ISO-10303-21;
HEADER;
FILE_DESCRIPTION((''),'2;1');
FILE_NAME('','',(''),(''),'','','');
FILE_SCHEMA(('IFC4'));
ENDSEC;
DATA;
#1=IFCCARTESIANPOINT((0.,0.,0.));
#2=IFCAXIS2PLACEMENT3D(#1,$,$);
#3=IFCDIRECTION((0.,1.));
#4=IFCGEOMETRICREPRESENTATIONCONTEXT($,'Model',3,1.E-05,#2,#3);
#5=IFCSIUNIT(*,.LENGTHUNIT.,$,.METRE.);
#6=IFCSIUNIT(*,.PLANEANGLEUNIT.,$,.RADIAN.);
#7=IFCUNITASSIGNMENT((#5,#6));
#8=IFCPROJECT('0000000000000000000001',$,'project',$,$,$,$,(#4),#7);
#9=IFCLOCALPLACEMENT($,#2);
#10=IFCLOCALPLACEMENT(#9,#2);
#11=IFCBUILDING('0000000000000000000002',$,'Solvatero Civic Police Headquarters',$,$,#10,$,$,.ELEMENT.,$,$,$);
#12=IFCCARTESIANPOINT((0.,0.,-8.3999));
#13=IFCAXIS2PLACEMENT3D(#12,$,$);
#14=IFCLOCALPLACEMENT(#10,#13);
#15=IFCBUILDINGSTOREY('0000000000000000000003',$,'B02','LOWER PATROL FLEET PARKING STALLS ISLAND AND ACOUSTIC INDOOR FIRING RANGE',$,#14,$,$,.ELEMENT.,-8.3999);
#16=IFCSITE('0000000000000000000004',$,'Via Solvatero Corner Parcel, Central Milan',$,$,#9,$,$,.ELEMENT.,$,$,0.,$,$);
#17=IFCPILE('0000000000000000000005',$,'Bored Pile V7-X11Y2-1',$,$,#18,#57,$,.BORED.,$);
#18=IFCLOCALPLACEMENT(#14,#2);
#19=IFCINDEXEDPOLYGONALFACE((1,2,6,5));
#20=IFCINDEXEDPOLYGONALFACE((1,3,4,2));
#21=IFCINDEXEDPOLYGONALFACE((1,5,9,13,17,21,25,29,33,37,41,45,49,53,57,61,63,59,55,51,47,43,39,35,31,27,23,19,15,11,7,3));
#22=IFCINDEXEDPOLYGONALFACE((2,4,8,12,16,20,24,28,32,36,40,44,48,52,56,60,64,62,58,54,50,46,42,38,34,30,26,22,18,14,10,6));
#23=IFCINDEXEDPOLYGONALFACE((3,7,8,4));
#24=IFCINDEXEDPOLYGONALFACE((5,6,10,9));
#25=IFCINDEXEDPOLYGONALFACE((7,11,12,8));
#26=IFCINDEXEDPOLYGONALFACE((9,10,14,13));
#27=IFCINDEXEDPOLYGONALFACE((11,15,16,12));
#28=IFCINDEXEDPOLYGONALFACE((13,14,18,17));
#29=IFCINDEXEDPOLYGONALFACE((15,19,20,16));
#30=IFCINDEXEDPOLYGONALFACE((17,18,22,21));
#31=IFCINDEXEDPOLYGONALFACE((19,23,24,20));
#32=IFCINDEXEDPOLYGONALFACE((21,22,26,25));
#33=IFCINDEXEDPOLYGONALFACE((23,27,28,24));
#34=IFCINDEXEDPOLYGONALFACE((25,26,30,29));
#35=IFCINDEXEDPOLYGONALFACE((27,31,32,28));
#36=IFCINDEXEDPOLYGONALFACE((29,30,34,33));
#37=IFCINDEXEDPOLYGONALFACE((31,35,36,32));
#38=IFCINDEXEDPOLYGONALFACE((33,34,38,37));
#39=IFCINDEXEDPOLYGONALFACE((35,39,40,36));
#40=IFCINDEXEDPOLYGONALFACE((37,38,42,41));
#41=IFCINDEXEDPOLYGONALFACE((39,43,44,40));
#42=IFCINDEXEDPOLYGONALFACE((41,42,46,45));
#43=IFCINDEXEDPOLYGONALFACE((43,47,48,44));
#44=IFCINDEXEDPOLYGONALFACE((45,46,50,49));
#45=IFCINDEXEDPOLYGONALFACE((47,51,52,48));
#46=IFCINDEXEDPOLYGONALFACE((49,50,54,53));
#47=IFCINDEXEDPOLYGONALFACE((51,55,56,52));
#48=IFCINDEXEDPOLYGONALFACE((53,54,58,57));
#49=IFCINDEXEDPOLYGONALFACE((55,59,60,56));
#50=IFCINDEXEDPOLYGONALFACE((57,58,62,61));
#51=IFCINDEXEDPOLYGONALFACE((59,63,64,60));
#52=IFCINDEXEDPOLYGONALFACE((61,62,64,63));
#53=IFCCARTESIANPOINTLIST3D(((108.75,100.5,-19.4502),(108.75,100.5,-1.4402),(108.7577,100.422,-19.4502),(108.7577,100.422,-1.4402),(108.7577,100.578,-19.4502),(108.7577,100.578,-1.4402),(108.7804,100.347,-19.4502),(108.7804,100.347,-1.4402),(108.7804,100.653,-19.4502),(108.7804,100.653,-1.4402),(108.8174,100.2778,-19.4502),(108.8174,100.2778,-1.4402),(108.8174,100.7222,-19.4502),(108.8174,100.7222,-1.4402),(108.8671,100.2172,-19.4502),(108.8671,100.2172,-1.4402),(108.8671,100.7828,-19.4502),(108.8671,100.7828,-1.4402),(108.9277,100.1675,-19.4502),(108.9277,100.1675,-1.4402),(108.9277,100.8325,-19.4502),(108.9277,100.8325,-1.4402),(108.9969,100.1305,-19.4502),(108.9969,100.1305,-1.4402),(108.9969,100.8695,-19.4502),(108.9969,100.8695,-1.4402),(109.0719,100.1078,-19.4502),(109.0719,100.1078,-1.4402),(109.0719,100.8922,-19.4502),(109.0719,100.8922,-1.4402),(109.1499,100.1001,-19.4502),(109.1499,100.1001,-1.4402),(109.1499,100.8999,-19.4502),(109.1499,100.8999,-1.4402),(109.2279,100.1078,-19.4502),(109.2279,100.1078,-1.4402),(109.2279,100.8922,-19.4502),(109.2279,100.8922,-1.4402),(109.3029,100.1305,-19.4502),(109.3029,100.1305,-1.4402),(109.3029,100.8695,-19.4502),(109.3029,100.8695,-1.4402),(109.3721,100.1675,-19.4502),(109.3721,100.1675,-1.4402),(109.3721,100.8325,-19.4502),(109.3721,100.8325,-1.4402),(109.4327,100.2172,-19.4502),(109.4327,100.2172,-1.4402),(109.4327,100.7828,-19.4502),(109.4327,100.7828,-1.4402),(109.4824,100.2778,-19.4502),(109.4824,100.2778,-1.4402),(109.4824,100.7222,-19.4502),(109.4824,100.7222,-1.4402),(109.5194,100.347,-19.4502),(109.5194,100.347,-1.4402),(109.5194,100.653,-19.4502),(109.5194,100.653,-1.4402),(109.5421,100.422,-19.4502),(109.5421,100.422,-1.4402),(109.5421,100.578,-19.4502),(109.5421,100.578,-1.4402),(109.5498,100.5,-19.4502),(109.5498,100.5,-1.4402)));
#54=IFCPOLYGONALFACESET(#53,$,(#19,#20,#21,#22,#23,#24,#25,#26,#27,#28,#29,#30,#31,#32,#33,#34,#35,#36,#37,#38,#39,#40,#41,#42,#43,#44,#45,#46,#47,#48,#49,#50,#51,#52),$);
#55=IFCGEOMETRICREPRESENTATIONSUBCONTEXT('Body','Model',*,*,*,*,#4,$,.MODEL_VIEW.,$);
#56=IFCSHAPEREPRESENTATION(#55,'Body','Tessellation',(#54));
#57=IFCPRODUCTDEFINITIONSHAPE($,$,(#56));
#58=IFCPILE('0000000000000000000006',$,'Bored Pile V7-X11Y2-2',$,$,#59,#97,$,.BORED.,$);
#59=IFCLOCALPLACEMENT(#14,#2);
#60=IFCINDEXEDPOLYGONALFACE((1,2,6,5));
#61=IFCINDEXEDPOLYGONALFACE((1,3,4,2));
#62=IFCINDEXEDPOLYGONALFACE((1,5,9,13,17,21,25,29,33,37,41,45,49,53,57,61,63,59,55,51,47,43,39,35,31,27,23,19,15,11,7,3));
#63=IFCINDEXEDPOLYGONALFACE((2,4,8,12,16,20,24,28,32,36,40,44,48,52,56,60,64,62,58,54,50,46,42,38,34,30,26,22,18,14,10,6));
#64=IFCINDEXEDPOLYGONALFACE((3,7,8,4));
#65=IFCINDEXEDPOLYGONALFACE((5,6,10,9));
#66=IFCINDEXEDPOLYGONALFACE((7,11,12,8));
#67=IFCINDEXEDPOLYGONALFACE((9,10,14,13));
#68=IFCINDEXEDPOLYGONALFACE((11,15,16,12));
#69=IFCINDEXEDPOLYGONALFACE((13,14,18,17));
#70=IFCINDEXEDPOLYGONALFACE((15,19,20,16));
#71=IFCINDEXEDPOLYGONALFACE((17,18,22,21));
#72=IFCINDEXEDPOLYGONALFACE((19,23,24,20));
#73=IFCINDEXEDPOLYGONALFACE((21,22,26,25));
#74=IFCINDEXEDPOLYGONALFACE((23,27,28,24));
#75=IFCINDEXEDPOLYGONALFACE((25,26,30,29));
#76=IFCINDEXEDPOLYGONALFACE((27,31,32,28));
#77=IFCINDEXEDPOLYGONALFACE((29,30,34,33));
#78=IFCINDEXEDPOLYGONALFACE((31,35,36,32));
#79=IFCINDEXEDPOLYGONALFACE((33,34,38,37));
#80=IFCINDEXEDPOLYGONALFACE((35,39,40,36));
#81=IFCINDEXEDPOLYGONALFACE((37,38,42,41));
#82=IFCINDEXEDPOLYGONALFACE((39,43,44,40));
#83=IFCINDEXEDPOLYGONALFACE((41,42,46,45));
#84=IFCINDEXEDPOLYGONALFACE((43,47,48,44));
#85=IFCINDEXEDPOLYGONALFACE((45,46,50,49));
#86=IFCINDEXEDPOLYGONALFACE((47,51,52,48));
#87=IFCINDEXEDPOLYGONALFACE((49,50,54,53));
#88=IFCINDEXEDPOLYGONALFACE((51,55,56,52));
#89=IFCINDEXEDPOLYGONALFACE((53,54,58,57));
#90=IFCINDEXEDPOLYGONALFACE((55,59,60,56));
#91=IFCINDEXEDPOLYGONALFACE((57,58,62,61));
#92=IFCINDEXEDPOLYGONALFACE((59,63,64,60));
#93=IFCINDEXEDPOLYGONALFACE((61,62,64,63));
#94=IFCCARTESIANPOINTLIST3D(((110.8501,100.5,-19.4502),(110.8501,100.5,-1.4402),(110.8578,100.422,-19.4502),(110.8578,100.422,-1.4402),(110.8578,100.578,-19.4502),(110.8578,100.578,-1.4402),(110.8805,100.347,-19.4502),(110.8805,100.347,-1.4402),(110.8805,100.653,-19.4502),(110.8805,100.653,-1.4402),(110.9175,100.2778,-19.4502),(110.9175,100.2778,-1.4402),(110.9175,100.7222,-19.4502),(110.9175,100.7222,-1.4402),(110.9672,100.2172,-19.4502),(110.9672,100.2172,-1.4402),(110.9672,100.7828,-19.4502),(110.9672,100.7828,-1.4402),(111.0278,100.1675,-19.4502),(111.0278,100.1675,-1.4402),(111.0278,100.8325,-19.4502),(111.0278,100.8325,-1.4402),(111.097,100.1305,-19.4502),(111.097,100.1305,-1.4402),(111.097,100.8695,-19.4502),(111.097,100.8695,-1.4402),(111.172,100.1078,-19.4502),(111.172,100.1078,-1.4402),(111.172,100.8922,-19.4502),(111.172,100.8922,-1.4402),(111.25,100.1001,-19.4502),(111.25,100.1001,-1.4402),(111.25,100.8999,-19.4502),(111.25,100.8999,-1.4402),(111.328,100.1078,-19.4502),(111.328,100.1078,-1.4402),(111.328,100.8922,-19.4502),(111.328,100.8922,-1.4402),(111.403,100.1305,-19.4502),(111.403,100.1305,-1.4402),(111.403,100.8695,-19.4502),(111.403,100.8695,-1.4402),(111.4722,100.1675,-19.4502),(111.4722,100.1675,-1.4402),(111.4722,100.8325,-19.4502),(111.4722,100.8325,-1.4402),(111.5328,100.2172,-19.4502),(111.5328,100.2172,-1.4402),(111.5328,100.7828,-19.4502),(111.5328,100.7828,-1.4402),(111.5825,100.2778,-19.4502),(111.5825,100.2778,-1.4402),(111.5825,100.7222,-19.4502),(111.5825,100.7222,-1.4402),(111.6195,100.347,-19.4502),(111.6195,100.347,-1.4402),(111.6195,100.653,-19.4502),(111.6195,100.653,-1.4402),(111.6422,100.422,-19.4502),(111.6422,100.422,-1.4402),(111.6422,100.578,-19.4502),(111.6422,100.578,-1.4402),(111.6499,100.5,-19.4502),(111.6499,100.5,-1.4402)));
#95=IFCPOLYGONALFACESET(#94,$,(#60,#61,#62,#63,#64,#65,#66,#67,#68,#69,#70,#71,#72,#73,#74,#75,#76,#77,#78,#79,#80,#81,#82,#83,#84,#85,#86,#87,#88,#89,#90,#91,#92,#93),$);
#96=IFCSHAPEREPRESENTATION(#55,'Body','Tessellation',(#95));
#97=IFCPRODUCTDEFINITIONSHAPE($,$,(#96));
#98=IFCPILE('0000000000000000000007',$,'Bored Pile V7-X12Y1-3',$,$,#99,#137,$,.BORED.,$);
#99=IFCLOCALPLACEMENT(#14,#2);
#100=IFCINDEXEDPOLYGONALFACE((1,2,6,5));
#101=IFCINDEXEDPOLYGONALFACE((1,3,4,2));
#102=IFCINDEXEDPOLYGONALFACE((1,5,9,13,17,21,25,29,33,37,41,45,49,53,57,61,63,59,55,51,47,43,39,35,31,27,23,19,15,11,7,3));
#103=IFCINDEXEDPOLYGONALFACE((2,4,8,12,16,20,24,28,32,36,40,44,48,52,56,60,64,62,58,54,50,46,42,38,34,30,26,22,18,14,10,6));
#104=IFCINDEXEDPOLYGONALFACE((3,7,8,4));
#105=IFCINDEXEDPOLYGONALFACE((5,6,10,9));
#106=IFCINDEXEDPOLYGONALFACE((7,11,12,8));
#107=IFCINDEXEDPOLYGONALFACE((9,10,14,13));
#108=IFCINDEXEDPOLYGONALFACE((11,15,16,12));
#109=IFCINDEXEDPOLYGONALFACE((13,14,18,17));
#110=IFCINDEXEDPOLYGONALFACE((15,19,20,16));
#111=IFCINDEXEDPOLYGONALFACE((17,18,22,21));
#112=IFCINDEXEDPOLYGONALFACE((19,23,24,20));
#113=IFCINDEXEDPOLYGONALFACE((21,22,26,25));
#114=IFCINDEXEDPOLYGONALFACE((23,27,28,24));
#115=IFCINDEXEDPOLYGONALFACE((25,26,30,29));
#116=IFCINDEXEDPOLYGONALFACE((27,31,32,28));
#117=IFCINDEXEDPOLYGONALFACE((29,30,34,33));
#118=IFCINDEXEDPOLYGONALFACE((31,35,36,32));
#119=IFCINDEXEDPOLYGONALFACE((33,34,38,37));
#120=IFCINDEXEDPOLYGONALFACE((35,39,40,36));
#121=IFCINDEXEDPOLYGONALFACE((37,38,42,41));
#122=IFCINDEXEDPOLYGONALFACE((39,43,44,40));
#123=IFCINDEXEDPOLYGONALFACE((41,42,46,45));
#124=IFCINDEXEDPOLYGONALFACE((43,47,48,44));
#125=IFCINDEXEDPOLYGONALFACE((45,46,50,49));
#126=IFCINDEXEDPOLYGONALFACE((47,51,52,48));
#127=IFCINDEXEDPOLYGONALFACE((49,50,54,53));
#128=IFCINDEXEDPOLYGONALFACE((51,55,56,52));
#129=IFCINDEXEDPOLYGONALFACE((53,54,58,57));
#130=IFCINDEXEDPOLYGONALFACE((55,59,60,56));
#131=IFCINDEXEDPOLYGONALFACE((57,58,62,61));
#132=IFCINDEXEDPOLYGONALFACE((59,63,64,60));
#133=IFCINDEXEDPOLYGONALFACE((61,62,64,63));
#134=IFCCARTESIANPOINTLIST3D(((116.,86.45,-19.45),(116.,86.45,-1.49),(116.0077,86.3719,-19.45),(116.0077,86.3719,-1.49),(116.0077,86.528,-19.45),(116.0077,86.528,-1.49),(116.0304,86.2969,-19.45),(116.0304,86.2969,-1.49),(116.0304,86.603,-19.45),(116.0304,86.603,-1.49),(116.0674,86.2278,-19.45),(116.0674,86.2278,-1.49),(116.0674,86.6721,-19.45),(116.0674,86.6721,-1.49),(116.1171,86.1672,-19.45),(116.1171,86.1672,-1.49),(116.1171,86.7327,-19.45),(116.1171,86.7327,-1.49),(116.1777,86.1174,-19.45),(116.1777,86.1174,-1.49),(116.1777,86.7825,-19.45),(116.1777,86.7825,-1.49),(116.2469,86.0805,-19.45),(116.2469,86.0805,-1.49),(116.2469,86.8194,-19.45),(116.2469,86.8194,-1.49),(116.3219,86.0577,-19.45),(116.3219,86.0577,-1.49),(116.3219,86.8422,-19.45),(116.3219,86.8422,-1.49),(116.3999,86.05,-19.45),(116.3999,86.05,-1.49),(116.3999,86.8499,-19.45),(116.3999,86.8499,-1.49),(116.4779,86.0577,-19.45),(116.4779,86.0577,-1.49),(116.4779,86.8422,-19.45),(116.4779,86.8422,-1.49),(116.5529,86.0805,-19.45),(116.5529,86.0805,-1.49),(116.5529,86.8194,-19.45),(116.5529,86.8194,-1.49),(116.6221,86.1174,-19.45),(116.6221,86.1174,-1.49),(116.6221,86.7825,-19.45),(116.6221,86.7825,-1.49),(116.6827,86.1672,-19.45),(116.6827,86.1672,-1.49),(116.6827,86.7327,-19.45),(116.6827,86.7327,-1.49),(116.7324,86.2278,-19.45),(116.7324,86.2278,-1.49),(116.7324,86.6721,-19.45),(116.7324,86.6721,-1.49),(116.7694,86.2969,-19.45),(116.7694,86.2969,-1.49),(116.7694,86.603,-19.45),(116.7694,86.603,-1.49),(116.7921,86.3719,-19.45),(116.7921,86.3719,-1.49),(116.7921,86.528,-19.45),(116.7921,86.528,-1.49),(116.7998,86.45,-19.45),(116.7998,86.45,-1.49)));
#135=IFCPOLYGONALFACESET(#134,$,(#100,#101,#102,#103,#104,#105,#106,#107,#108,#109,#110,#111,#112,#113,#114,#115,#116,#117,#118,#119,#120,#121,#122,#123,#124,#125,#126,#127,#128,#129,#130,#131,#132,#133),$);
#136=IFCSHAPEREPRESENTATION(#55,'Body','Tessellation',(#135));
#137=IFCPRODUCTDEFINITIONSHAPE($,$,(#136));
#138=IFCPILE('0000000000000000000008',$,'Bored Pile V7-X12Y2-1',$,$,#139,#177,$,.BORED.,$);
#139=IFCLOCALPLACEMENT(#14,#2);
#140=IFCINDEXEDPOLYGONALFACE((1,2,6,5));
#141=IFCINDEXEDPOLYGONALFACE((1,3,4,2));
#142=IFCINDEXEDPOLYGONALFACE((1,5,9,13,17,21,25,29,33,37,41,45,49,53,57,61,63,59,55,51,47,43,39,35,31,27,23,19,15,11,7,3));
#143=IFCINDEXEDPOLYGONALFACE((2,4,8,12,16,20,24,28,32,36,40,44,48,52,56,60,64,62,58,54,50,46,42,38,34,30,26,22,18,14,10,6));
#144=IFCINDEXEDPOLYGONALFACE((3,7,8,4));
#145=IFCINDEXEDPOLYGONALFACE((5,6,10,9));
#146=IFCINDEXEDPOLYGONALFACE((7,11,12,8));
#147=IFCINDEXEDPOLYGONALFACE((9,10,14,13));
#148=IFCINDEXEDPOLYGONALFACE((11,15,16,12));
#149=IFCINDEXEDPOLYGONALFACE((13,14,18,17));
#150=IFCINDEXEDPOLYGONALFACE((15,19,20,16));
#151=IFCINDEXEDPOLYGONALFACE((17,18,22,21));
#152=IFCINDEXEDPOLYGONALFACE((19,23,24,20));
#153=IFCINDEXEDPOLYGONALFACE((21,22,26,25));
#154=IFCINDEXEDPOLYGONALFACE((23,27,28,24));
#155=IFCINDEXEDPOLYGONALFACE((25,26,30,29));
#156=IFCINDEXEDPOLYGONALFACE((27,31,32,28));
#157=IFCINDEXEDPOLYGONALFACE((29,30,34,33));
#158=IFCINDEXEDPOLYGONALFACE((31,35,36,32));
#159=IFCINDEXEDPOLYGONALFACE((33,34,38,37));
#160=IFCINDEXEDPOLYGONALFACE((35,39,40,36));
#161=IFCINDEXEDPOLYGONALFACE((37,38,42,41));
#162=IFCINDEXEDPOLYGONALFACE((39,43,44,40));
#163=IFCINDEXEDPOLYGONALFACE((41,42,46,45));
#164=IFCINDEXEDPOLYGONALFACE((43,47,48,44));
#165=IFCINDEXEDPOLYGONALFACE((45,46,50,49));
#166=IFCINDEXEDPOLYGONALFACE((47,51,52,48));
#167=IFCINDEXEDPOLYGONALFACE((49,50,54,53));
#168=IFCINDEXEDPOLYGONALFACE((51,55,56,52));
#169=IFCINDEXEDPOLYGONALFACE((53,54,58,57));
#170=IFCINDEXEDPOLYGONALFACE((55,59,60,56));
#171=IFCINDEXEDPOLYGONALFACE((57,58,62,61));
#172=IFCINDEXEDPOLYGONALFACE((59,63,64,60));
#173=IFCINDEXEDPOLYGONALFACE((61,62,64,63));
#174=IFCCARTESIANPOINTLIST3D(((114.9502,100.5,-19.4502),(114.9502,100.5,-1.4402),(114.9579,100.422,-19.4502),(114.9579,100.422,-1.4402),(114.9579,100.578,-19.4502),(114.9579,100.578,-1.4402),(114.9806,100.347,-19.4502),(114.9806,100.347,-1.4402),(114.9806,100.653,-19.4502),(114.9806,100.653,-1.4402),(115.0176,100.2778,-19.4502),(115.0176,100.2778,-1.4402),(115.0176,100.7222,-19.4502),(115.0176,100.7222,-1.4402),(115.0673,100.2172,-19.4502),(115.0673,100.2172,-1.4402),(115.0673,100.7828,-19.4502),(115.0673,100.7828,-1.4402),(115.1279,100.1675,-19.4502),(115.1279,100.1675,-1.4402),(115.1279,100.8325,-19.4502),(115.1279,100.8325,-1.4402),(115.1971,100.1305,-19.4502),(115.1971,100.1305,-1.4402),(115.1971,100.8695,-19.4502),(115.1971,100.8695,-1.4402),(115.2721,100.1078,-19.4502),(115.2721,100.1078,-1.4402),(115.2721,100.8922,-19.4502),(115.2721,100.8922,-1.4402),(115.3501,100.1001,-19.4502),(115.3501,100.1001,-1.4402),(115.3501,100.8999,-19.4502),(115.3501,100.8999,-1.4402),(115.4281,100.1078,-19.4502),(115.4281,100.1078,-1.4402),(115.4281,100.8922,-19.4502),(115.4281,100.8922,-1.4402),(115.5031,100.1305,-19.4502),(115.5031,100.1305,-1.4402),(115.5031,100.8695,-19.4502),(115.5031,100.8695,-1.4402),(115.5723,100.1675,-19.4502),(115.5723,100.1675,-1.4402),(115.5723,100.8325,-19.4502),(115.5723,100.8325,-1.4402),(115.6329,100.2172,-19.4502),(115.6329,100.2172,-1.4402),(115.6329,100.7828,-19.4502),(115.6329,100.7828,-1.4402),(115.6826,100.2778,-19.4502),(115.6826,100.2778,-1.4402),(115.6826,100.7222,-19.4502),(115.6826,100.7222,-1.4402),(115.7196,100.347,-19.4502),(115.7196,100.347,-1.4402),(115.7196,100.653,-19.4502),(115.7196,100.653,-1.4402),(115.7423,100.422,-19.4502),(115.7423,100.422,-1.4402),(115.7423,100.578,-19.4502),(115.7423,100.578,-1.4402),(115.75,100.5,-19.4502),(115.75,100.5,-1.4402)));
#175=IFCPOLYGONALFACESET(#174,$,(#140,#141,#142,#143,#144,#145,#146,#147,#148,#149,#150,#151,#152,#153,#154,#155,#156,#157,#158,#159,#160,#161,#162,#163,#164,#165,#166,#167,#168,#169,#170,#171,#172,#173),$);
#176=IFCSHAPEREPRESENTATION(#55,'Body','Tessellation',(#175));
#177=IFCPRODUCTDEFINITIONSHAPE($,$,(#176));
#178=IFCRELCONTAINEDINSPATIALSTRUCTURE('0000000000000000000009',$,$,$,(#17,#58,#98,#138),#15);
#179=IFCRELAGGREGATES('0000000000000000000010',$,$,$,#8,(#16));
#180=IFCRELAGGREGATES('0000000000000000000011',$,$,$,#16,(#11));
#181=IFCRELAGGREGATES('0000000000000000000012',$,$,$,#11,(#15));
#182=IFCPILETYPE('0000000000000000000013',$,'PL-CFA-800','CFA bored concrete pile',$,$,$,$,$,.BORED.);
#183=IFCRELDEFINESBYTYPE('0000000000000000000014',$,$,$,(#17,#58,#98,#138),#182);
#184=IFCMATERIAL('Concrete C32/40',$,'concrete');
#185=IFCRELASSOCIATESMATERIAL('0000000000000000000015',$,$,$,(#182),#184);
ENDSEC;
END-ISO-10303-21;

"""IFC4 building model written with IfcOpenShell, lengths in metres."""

from ifc_helpers import new_model, si_unit, direction, frame, origin, origin_2d, place, context, subcontext, project, spatial, circle, extrude, material, material_profile, profile_set, type_object, element, save


model = new_model("IFC4")

# Units and contexts
model_context = context("Model", 3, precision=1e-05, world=origin(), true_north=direction((0.0, 1.0)))
body_context = subcontext(model_context, "Body", "Model", "MODEL_VIEW")
ifc_project = project(units=[si_unit("LENGTHUNIT", "METRE"), si_unit("PLANEANGLEUNIT", "RADIAN")], contexts=[model_context])

# Site, building, storey
site_placement = place(None, origin())
site = spatial("IfcSite", under=ifc_project, at=site_placement, Name="Via Solvatero Corner Parcel, Central Milan", CompositionType="ELEMENT", RefElevation=0.0)
building_placement = place(site_placement, origin())
building = spatial("IfcBuilding", under=site, at=building_placement, Name="Solvatero Civic Police Headquarters", CompositionType="ELEMENT")
storey_placement = place(building_placement, frame((0.0, 0.0, -8.3999)))
storey = spatial("IfcBuildingStorey", under=building, at=storey_placement, Name="B02", Description="LOWER PATROL FLEET PARKING STALLS ISLAND AND ACOUSTIC INDOOR FIRING RANGE", CompositionType="ELEMENT", Elevation=-8.3999)

# Piles
ifc_material_1 = material(Name="Concrete C32/40", Category="concrete")
ifc_material_profile_1 = material_profile(ifc_material_1, circle(Radius=0.3999, at=origin_2d()), Name="CFA PILE D800")
ifc_profile_set_1 = profile_set([ifc_material_profile_1], Name="Concrete C32/40")
pile_type_1 = type_object("IfcPileType", Name="PL-CFA-800", Description="CFA bored concrete pile", PredefinedType="BORED", material=ifc_profile_set_1)
for number, where, z_axis, x_axis, name in (
    (1, (109.1499, 100.5, -1.4402), (0.0, 0.0, -1.0), (1.0, 0.0, 0.0), "Bored Pile V7-X11Y2-1"),
    (2, (111.25, 100.5, -1.4402), (0.0, 0.0, -1.0), (1.0, 0.0, 0.0), "Bored Pile V7-X11Y2-2"),
):
    element("IfcPile", number, at=place(storey_placement, frame(where, z_axis=z_axis, x_axis=x_axis)), inside=storey, type_object=pile_type_1, Name=name, PredefinedType="BORED", context=body_context, shape_type="SweptSolid", body=[
        extrude(circle(Radius=0.3999, at=origin_2d()), origin(), (0.0, 0.0, 1.0), 18.01),
    ])
pile_1_placement = place(storey_placement, frame((116.3999, 86.45, -1.49), z_axis=(0.0, 0.0, -1.0), x_axis=(1.0, 0.0, 0.0)))
element("IfcPile", 3, at=pile_1_placement, inside=storey, type_object=pile_type_1, Name="Bored Pile V7-X12Y1-3", PredefinedType="BORED", context=body_context, shape_type="SweptSolid", body=[
    extrude(circle(Radius=0.3999, at=origin_2d()), origin(), (0.0, 0.0, 1.0), 17.96),
])
for number, where, z_axis, x_axis, name in (
    (4, (115.3501, 100.5, -1.4402), (0.0, 0.0, -1.0), (1.0, 0.0, 0.0), "Bored Pile V7-X12Y2-1"),
):
    element("IfcPile", number, at=place(storey_placement, frame(where, z_axis=z_axis, x_axis=x_axis)), inside=storey, type_object=pile_type_1, Name=name, PredefinedType="BORED", context=body_context, shape_type="SweptSolid", body=[
        extrude(circle(Radius=0.3999, at=origin_2d()), origin(), (0.0, 0.0, 1.0), 18.01),
    ])

save(model, "model.ifc")
